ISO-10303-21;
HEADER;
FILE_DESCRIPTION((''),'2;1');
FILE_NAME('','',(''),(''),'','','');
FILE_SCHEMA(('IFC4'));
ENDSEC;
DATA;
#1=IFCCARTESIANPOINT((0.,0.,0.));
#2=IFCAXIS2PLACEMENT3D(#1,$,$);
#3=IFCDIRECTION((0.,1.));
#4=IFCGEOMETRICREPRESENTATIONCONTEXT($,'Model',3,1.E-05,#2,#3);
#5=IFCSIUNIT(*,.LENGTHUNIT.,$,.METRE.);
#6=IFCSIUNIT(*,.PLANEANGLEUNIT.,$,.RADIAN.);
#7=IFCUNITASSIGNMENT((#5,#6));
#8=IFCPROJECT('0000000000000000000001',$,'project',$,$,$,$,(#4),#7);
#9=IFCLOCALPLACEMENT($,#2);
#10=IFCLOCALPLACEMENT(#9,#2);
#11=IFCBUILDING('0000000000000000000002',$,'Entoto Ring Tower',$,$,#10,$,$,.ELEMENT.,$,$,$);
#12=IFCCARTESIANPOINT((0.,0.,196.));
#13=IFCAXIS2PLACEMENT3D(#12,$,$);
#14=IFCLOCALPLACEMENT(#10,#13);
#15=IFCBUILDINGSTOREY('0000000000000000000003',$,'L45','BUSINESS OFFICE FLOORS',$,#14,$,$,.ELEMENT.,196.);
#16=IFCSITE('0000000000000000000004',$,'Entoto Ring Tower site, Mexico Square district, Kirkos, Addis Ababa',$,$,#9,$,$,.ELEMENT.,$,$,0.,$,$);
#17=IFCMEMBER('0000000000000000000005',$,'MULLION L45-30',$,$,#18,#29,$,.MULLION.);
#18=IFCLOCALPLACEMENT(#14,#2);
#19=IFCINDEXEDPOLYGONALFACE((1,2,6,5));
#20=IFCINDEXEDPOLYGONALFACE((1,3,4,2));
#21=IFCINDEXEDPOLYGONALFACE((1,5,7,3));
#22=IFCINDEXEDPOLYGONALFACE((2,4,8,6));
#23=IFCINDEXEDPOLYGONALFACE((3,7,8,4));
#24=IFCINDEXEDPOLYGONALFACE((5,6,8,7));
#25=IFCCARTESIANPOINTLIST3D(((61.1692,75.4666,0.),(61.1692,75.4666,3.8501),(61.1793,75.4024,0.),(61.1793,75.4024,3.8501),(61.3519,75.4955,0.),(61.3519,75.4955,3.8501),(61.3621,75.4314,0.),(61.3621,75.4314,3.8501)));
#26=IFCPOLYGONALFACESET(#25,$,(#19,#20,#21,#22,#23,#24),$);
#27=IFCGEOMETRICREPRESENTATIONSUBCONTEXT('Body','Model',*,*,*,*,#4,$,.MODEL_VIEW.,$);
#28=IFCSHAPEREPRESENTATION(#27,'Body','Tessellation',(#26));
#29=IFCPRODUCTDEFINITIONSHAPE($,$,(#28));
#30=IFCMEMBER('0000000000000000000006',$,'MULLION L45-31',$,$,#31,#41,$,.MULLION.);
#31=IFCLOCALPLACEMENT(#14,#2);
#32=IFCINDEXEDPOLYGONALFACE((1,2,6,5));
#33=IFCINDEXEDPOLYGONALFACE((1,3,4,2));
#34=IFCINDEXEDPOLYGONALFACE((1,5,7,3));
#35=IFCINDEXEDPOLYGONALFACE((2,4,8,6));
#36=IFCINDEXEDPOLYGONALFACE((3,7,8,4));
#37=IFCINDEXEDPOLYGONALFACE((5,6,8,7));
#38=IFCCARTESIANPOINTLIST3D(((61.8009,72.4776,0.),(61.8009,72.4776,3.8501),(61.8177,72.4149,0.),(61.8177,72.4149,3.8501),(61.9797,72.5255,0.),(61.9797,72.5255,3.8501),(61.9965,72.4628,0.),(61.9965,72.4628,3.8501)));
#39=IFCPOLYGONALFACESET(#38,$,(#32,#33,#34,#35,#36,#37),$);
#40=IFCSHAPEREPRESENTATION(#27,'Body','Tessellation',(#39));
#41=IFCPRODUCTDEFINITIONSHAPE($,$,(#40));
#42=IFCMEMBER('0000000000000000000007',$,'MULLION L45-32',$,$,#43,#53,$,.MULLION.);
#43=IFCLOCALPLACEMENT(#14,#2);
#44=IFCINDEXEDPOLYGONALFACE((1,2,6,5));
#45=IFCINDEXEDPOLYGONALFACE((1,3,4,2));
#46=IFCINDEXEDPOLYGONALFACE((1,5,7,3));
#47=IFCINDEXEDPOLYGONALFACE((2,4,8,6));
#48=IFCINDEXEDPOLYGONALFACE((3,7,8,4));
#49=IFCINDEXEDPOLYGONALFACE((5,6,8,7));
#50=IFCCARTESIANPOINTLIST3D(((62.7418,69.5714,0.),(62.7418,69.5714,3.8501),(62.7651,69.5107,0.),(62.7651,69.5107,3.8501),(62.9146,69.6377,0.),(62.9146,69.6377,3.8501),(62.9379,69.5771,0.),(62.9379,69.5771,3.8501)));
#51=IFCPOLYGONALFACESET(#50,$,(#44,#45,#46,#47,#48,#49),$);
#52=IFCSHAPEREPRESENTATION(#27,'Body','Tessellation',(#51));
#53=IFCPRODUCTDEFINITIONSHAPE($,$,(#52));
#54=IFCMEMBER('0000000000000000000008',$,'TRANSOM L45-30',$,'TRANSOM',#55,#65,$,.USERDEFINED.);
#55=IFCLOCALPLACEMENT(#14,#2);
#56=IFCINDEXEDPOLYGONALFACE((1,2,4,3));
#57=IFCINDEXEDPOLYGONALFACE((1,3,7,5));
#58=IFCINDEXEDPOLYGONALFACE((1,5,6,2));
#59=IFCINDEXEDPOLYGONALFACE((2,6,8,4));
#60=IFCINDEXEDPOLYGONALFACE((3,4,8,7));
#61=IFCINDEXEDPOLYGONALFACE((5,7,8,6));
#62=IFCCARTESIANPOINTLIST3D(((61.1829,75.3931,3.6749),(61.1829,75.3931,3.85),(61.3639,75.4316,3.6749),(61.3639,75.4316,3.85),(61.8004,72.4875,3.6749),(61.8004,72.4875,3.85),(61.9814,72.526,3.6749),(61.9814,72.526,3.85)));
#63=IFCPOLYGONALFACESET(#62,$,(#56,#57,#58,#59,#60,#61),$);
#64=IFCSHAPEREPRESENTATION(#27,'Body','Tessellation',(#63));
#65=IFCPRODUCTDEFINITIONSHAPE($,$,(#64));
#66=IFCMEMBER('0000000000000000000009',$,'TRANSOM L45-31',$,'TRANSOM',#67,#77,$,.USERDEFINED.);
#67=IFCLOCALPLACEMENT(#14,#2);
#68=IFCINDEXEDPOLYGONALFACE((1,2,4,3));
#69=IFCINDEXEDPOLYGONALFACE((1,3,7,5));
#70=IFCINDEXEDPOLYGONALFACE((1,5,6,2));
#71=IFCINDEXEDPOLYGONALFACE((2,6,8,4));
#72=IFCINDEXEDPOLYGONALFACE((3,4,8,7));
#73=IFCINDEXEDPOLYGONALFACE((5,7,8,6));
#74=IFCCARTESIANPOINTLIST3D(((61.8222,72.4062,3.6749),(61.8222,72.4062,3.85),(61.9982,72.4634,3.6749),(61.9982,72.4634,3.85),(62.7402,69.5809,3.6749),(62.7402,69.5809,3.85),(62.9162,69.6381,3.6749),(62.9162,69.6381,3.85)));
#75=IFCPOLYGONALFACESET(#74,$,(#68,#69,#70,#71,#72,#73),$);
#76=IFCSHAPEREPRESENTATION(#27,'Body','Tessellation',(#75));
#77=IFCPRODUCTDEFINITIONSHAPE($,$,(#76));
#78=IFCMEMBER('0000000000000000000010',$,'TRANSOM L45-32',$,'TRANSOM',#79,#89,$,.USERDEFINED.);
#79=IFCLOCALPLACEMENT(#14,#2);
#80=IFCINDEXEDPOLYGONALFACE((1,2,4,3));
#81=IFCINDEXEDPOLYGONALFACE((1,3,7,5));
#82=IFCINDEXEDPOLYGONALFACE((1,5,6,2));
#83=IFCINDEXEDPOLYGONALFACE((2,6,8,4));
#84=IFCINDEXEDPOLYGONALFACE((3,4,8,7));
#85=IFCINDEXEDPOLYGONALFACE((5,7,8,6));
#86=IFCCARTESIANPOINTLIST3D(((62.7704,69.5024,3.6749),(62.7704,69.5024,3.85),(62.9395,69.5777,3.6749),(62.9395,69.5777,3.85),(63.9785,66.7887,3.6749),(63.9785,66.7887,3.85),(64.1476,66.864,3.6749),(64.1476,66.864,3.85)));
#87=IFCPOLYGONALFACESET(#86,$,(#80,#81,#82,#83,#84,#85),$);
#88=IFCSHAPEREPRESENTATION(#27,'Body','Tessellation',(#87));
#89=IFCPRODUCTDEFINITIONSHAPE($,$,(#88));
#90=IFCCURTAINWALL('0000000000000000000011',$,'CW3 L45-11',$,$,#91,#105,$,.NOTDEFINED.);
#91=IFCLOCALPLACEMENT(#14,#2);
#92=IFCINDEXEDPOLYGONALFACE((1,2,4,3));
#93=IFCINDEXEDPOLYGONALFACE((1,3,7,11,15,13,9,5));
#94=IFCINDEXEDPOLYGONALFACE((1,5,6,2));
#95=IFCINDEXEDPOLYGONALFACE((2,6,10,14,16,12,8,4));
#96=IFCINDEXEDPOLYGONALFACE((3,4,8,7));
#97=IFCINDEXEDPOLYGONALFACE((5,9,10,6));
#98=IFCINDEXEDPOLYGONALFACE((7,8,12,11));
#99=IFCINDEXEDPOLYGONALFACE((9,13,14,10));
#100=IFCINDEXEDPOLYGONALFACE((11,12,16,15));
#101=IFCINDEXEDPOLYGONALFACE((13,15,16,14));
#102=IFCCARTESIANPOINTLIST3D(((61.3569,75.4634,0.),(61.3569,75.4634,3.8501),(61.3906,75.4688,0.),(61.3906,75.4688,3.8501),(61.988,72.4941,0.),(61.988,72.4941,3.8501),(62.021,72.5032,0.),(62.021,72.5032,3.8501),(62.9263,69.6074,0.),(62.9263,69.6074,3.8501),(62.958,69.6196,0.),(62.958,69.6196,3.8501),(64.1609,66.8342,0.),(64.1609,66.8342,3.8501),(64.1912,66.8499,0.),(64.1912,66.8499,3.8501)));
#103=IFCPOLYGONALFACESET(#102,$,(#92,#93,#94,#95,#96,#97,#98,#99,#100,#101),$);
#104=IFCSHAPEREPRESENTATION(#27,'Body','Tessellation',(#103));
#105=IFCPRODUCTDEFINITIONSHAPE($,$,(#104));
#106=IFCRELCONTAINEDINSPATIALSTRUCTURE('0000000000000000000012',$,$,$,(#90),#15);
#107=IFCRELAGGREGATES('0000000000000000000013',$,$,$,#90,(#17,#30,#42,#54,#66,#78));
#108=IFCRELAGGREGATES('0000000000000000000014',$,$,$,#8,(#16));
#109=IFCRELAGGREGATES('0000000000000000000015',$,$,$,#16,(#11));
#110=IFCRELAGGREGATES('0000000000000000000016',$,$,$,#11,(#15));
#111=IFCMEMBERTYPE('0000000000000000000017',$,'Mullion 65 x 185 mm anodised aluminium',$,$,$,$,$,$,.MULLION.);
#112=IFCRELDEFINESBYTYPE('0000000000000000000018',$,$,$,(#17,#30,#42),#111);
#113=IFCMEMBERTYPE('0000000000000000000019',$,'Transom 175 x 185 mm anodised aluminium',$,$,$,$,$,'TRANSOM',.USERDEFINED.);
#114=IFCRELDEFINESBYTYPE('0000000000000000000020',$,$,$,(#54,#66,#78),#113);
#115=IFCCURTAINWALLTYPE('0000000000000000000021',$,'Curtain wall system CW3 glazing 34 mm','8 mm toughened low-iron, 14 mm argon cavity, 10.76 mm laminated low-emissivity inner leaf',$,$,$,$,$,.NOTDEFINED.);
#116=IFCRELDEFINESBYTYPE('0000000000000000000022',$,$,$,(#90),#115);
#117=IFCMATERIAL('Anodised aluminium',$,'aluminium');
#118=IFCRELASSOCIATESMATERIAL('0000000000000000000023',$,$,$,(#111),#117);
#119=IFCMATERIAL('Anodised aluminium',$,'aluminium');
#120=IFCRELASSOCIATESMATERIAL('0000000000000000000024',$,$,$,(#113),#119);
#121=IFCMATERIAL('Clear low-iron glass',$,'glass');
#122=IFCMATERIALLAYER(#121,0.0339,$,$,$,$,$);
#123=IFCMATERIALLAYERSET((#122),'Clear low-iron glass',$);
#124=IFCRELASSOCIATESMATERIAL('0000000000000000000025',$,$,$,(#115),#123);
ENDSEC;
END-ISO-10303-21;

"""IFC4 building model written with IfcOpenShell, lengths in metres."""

from ifc_helpers import new_model, si_unit, direction, frame, origin, origin_2d, place, context, subcontext, project, spatial, polyline, rectangle, outline, extrude, material, layer, layer_set, material_profile, profile_set, type_object, element, aggregate, save


model = new_model("IFC4")

# Units and contexts
model_context = context("Model", 3, precision=1e-05, world=origin(), true_north=direction((0.0, 1.0)))
body_context = subcontext(model_context, "Body", "Model", "MODEL_VIEW")
ifc_project = project(units=[si_unit("LENGTHUNIT", "METRE"), si_unit("PLANEANGLEUNIT", "RADIAN")], contexts=[model_context])

# Members
ifc_material_1 = material(Name="Anodised aluminium", Category="aluminium")
ifc_material_profile_1 = material_profile(ifc_material_1, rectangle(XDim=0.0649, YDim=0.1851, at=origin_2d()), Name="Mullion 65 x 185 mm anodised aluminium")
ifc_profile_set_1 = profile_set([ifc_material_profile_1], Name="Anodised aluminium")
member_type_1 = type_object("IfcMemberType", Name="Mullion 65 x 185 mm anodised aluminium", PredefinedType="MULLION", material=ifc_profile_set_1)
site_placement = place(None, origin())
building_placement = place(site_placement, origin())
storey_placement = place(building_placement, frame((0.0, 0.0, 196.0)))
member_1_placement = place(storey_placement, frame((61.2656, 75.449, 0.0), z_axis=(0.0, 0.0, 1.0), x_axis=(0.156434, -0.987688, 0.0)))
member_1 = element("IfcMember", 1, at=member_1_placement, type_object=member_type_1, Name="MULLION L45-30", PredefinedType="MULLION", context=body_context, shape_type="SweptSolid", body=[
    extrude(rectangle(XDim=0.0649, YDim=0.1851, at=origin_2d()), origin(), (0.0, 0.0, 1.0), 3.8501),
])
member_2_placement = place(storey_placement, frame((61.8987, 72.4702, 0.0), z_axis=(0.0, 0.0, 1.0), x_axis=(0.258819, -0.965926, 0.0)))
member_2 = element("IfcMember", 2, at=member_2_placement, type_object=member_type_1, Name="MULLION L45-31", PredefinedType="MULLION", context=body_context, shape_type="SweptSolid", body=[
    extrude(rectangle(XDim=0.0649, YDim=0.1851, at=origin_2d()), origin(), (0.0, 0.0, 1.0), 3.8501),
])
member_3_placement = place(storey_placement, frame((62.8398, 69.5742, 0.0), z_axis=(0.0, 0.0, 1.0), x_axis=(0.358368, -0.93358, 0.0)))
member_3 = element("IfcMember", 3, at=member_3_placement, type_object=member_type_1, Name="MULLION L45-32", PredefinedType="MULLION", context=body_context, shape_type="SweptSolid", body=[
    extrude(rectangle(XDim=0.0649, YDim=0.1851, at=origin_2d()), origin(), (0.0, 0.0, 1.0), 3.8501),
])
ifc_material_2 = material(Name="Anodised aluminium", Category="aluminium")
ifc_material_profile_2 = material_profile(ifc_material_2, rectangle(XDim=0.1851, YDim=0.175, at=origin_2d()), Name="Transom 175 x 185 mm anodised aluminium")
ifc_profile_set_2 = profile_set([ifc_material_profile_2], Name="Anodised aluminium")
member_type_2 = type_object("IfcMemberType", Name="Transom 175 x 185 mm anodised aluminium", ElementType="TRANSOM", PredefinedType="USERDEFINED", material=ifc_profile_set_2)
member_4_placement = place(storey_placement, frame((61.2734, 75.4124, 3.7625), z_axis=(0.207862, -0.978158, 0.0), x_axis=(0.978158, 0.207862, 0.0)))
member_4 = element("IfcMember", 4, at=member_4_placement, type_object=member_type_2, Name="TRANSOM L45-30", ObjectType="TRANSOM", PredefinedType="USERDEFINED", context=body_context, shape_type="SweptSolid", body=[
    extrude(rectangle(XDim=0.1851, YDim=0.175, at=origin_2d()), origin(), (0.0, 0.0, 1.0), 2.9705),
])
member_5_placement = place(storey_placement, frame((61.9102, 72.4348, 3.7625), z_axis=(0.309019, -0.951056, 0.0), x_axis=(0.951056, 0.309019, 0.0)))
member_5 = element("IfcMember", 5, at=member_5_placement, type_object=member_type_2, Name="TRANSOM L45-31", ObjectType="TRANSOM", PredefinedType="USERDEFINED", context=body_context, shape_type="SweptSolid", body=[
    extrude(rectangle(XDim=0.1851, YDim=0.175, at=origin_2d()), origin(), (0.0, 0.0, 1.0), 2.9707),
])
member_6_placement = place(storey_placement, frame((62.855, 69.54, 3.7625), z_axis=(0.406687, -0.913567, 0.0), x_axis=(0.913567, 0.406687, 0.0)))
member_6 = element("IfcMember", 6, at=member_6_placement, type_object=member_type_2, Name="TRANSOM L45-32", ObjectType="TRANSOM", PredefinedType="USERDEFINED", context=body_context, shape_type="SweptSolid", body=[
    extrude(rectangle(XDim=0.1851, YDim=0.175, at=origin_2d()), origin(), (0.0, 0.0, 1.0), 2.9705),
])

# Site, building, storey
site = spatial("IfcSite", under=ifc_project, at=site_placement, Name="Entoto Ring Tower site, Mexico Square district, Kirkos, Addis Ababa", CompositionType="ELEMENT", RefElevation=0.0)
building = spatial("IfcBuilding", under=site, at=building_placement, Name="Entoto Ring Tower", CompositionType="ELEMENT")
storey = spatial("IfcBuildingStorey", under=building, at=storey_placement, Name="L45", Description="BUSINESS OFFICE FLOORS", CompositionType="ELEMENT", Elevation=196.0)

# Curtain wall
ifc_material_3 = material(Name="Clear low-iron glass", Category="glass")
ifc_layer = layer(ifc_material_3, 0.0339)
ifc_layer_set = layer_set([ifc_layer], Name="Clear low-iron glass")
curtain_wall_type = type_object("IfcCurtainWallType", Name="Curtain wall system CW3 glazing 34 mm", Description="8 mm toughened low-iron, 14 mm argon cavity, 10.76 mm laminated low-emissivity inner leaf", PredefinedType="NOTDEFINED", material=ifc_layer_set)
curtain_wall_1_placement = place(storey_placement, origin())
curtain_wall_1 = element("IfcCurtainWall", 7, at=curtain_wall_1_placement, inside=storey, type_object=curtain_wall_type, Name="CW3 L45-11", PredefinedType="NOTDEFINED", context=body_context, shape_type="SweptSolid", body=[
    extrude(outline(polyline([(61.3569, 75.4634), (61.988, 72.4941), (62.9263, 69.6074), (64.1609, 66.8342), (64.1912, 66.8499), (62.958, 69.6196), (62.021, 72.5032), (61.3906, 75.4688), (61.3569, 75.4634)])), origin(), (0.0, 0.0, 1.0), 3.8501),
])
aggregate(curtain_wall_1, [member_1, member_2, member_3, member_4, member_5, member_6])

save(model, "model.ifc")
